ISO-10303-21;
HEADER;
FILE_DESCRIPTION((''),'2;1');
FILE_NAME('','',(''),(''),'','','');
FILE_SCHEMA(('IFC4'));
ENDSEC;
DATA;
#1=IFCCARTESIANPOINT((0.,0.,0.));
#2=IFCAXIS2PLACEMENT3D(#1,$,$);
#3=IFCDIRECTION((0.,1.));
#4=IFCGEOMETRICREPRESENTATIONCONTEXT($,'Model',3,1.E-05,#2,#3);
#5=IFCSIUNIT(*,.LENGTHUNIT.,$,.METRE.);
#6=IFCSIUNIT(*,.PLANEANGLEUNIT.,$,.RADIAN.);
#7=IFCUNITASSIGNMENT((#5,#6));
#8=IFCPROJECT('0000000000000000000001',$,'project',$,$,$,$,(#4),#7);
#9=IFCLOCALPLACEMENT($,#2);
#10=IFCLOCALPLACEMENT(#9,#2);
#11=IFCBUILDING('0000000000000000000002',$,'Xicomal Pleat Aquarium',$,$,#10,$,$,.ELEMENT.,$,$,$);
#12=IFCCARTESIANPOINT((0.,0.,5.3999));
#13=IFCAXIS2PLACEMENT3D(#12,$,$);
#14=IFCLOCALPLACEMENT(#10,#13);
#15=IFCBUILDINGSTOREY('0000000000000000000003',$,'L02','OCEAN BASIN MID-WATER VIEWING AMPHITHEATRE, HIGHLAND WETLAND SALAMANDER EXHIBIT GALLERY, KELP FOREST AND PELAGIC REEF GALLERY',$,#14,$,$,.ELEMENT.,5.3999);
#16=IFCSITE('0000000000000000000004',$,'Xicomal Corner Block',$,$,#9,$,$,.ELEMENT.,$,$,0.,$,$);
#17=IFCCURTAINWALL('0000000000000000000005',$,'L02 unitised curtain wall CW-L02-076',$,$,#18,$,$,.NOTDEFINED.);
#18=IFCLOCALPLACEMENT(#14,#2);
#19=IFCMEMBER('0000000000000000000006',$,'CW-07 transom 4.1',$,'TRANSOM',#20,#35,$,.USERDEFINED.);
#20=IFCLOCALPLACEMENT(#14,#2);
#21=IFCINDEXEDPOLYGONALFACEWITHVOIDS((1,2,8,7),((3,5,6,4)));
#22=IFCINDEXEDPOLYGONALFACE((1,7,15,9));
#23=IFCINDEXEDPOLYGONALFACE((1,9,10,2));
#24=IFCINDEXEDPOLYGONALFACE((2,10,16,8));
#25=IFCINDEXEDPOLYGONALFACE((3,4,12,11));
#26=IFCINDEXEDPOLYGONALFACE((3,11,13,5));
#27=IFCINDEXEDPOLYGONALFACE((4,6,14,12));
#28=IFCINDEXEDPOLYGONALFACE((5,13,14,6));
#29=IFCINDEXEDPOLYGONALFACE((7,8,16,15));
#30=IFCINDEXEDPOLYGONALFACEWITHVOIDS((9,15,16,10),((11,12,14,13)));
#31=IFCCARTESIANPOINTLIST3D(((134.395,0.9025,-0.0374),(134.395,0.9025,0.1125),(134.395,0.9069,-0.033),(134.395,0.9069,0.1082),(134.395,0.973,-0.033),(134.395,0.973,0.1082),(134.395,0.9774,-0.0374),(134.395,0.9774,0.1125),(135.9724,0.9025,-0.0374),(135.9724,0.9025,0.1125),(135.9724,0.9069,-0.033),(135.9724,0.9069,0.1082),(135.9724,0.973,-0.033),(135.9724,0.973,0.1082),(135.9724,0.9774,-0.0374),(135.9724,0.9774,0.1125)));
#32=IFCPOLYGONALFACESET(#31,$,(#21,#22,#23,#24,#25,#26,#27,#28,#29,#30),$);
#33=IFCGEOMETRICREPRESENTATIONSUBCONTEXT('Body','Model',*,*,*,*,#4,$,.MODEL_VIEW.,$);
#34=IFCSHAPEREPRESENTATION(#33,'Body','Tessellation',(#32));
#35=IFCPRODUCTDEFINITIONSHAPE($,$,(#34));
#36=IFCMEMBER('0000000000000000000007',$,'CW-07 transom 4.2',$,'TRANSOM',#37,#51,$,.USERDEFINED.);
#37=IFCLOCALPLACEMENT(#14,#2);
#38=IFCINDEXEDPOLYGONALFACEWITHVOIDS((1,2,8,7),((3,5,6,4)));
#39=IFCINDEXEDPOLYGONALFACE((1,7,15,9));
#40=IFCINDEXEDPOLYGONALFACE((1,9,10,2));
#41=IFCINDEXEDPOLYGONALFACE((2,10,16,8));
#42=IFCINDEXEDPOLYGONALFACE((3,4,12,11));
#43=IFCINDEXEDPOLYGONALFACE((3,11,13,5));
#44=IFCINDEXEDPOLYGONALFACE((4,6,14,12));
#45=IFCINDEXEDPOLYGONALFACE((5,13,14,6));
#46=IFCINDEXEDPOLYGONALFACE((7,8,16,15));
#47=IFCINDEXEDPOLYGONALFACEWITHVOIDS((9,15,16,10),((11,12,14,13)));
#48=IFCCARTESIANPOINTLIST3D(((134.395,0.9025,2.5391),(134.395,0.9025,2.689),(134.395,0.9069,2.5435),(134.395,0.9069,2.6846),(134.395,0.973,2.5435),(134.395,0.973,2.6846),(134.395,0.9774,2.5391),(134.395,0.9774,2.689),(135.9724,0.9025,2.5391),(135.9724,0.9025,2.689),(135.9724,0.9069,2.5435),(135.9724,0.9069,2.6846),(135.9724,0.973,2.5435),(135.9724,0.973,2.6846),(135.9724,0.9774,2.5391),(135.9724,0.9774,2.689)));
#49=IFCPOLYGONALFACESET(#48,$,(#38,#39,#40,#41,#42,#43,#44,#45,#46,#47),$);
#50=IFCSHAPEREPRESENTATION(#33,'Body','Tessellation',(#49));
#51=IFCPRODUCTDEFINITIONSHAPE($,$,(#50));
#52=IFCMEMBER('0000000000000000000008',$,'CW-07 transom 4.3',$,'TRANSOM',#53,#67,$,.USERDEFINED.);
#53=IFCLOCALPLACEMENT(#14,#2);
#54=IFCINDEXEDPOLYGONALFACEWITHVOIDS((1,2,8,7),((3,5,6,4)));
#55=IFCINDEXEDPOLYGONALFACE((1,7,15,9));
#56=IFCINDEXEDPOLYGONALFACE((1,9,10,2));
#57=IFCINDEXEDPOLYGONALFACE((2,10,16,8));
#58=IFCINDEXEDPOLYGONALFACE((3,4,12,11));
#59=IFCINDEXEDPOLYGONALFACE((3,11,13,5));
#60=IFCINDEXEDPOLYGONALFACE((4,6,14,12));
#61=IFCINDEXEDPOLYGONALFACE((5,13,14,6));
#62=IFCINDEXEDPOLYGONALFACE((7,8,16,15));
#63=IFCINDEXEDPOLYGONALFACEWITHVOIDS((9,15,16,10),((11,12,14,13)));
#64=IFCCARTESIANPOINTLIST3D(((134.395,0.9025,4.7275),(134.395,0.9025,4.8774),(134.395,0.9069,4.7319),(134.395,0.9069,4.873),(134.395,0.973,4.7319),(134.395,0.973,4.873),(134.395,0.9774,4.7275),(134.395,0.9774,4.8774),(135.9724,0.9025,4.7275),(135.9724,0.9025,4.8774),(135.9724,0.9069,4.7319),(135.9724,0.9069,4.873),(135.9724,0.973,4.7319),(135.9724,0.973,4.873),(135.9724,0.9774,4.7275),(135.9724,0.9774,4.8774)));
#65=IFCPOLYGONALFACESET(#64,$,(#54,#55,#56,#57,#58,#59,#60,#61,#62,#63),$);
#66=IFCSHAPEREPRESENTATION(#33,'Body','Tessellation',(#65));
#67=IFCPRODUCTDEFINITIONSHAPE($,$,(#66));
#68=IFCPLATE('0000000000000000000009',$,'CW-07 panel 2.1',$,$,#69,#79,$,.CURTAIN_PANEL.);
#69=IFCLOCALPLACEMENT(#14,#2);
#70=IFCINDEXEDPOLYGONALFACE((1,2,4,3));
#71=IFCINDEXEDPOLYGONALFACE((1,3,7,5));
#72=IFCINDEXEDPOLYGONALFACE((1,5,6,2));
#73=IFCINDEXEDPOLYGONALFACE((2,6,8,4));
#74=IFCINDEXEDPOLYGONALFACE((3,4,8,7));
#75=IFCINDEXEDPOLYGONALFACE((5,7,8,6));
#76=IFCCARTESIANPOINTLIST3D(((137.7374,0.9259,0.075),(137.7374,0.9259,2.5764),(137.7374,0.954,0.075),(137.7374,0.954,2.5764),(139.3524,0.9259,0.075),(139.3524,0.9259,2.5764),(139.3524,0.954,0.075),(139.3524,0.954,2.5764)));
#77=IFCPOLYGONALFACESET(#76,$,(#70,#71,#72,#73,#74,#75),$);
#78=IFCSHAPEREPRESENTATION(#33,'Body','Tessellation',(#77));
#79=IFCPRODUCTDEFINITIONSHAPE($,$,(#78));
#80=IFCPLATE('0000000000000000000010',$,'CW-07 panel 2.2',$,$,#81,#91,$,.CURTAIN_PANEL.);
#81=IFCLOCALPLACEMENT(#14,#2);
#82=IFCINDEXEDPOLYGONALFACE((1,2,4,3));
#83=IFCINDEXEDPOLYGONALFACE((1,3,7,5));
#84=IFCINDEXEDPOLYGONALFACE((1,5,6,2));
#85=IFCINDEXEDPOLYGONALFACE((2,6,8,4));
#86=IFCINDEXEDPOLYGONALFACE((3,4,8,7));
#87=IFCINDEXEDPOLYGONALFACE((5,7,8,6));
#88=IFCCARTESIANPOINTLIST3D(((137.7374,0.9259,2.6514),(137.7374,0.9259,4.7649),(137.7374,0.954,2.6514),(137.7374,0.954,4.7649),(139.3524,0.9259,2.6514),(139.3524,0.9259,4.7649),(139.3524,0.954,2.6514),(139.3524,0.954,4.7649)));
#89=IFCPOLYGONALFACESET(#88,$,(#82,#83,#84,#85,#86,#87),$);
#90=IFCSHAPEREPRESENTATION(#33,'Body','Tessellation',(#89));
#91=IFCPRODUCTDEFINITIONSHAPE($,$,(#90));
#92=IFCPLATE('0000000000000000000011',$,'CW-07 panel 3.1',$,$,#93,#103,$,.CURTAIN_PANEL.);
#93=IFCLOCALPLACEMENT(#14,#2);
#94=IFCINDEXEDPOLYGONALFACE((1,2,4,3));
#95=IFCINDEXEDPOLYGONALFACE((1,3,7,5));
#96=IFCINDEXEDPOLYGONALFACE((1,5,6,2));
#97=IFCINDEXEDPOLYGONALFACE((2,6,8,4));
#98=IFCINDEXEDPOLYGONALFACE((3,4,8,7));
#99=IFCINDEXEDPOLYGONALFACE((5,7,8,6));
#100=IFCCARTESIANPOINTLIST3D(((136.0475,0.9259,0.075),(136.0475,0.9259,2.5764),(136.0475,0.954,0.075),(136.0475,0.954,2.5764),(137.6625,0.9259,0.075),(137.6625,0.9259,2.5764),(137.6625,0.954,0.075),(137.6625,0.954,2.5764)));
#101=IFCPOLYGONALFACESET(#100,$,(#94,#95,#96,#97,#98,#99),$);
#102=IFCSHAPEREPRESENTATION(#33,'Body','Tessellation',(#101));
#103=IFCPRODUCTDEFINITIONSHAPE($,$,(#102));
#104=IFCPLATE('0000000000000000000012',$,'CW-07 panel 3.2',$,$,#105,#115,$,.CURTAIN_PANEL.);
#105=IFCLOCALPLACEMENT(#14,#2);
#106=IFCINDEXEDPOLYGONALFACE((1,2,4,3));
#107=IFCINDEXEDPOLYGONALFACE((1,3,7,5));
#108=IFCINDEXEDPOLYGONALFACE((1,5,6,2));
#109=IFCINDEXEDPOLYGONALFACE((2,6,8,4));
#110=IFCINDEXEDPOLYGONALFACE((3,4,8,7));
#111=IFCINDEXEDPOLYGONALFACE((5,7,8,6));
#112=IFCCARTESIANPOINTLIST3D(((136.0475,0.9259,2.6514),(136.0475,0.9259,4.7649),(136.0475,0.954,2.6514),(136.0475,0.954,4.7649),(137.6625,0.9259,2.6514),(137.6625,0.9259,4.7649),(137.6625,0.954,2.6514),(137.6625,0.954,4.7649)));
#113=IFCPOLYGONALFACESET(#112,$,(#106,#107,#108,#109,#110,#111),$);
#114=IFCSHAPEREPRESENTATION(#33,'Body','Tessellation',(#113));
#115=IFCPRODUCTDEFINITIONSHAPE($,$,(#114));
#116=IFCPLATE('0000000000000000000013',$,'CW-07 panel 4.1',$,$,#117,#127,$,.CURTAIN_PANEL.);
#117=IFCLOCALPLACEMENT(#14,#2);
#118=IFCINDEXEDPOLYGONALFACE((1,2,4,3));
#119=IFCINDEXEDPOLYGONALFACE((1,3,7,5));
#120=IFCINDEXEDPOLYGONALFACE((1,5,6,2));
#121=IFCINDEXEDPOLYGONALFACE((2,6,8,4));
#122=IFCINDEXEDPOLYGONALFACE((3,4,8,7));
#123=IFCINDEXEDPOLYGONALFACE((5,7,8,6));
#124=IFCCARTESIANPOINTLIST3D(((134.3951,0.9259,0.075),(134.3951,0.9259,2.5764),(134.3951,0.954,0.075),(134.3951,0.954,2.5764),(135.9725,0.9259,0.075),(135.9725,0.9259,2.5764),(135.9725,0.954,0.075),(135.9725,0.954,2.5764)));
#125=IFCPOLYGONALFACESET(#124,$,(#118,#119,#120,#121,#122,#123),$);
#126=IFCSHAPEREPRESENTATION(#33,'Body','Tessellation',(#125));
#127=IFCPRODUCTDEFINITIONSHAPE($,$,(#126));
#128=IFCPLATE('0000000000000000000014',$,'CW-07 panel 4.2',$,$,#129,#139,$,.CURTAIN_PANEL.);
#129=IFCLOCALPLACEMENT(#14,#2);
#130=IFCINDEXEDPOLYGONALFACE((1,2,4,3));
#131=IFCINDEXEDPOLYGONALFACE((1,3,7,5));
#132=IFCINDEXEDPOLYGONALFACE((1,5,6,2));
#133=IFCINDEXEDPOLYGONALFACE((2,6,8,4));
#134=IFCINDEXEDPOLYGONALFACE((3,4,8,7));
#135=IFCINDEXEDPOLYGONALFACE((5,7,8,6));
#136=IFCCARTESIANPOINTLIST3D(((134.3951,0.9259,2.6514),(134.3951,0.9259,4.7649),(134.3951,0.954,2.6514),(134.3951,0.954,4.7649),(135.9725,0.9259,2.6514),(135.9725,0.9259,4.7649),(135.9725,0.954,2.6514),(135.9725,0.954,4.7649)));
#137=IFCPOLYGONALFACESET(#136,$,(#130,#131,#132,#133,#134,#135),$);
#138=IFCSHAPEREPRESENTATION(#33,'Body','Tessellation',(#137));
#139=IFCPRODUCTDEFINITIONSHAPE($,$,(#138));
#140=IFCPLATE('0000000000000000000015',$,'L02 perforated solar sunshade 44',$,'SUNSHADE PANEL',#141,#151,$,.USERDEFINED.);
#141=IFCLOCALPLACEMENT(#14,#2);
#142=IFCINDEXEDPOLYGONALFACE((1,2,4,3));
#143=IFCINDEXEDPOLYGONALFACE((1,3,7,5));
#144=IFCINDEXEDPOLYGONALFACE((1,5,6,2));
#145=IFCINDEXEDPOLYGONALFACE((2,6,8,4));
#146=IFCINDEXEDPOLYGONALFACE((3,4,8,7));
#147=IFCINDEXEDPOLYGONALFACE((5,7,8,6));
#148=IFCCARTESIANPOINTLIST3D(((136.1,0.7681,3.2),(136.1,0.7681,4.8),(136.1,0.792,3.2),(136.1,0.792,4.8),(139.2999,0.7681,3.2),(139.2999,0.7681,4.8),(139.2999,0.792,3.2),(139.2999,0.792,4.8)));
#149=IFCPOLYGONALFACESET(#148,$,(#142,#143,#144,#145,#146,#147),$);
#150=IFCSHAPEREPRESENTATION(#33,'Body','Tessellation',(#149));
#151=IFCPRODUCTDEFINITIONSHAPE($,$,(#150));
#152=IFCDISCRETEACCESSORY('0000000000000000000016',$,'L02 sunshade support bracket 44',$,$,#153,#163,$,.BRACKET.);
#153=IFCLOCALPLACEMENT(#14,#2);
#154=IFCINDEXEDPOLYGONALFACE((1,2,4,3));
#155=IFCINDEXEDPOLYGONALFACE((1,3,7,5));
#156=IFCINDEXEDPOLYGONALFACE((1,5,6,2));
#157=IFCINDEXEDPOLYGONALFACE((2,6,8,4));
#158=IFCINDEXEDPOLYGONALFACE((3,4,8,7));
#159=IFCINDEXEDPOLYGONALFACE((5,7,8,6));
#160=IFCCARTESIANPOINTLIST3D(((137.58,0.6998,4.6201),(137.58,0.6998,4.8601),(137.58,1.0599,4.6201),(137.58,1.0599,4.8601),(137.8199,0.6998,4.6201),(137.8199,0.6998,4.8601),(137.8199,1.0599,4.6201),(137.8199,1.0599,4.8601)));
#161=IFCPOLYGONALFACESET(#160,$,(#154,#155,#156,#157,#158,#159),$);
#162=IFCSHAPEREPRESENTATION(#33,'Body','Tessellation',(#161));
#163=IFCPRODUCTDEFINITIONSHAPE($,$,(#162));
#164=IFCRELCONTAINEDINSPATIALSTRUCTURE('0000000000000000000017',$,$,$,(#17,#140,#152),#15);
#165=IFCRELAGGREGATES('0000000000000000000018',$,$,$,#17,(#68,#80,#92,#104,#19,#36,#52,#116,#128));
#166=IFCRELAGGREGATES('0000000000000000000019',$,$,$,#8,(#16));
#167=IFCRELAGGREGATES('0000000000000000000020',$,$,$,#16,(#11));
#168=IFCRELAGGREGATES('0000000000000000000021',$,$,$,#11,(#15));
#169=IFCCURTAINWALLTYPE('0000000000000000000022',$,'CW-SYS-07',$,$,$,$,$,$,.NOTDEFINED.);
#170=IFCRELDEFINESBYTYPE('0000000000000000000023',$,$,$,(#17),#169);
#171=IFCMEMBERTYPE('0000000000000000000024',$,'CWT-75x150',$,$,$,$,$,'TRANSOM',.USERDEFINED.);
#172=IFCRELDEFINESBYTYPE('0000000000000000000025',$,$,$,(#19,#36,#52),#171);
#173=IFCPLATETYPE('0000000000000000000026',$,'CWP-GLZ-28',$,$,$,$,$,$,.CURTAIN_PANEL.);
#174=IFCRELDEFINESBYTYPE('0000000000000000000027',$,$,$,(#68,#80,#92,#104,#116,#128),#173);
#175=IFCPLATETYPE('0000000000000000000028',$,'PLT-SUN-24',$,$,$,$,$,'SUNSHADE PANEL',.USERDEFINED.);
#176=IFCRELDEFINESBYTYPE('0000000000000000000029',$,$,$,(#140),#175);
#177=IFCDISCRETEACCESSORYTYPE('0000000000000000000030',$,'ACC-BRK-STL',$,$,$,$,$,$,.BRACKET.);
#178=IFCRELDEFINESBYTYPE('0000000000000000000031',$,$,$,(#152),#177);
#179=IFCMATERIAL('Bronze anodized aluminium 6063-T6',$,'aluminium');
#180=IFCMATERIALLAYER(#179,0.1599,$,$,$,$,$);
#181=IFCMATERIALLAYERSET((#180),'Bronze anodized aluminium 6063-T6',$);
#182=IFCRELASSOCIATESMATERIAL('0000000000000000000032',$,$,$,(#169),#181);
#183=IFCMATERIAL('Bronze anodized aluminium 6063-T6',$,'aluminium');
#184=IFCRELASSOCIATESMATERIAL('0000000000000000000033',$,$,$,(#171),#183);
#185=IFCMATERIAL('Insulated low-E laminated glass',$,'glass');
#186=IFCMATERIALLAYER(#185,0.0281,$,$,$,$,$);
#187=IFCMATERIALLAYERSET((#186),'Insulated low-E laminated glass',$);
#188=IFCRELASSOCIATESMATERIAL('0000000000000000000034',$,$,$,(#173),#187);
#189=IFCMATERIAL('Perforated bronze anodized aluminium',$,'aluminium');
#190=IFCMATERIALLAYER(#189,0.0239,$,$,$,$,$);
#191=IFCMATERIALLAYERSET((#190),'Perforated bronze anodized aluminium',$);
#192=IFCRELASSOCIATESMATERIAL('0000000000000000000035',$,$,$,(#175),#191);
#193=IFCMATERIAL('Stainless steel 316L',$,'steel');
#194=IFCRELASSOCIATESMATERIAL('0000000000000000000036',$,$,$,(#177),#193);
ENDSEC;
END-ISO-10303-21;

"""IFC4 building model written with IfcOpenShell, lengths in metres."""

from ifc_helpers import new_model, si_unit, direction, frame, origin, origin_2d, place, context, subcontext, project, spatial, rectangle, hollow_rectangle, extrude, material, layer, layer_set, material_profile, profile_set, type_object, element, aggregate, save


model = new_model("IFC4")

# Units and contexts
model_context = context("Model", 3, precision=1e-05, world=origin(), true_north=direction((0.0, 1.0)))
body_context = subcontext(model_context, "Body", "Model", "MODEL_VIEW")
ifc_project = project(units=[si_unit("LENGTHUNIT", "METRE"), si_unit("PLANEANGLEUNIT", "RADIAN")], contexts=[model_context])

# Site, building, storey
site_placement = place(None, origin())
site = spatial("IfcSite", under=ifc_project, at=site_placement, Name="Xicomal Corner Block", CompositionType="ELEMENT", RefElevation=0.0)
building_placement = place(site_placement, origin())
building = spatial("IfcBuilding", under=site, at=building_placement, Name="Xicomal Pleat Aquarium", CompositionType="ELEMENT")
storey_placement = place(building_placement, frame((0.0, 0.0, 5.3999)))
storey = spatial("IfcBuildingStorey", under=building, at=storey_placement, Name="L02", Description="OCEAN BASIN MID-WATER VIEWING AMPHITHEATRE, HIGHLAND WETLAND SALAMANDER EXHIBIT GALLERY, KELP FOREST AND PELAGIC REEF GALLERY", CompositionType="ELEMENT", Elevation=5.3999)

# Curtain wall, members, plates
ifc_material_1 = material(Name="Bronze anodized aluminium 6063-T6", Category="aluminium")
ifc_layer_1 = layer(ifc_material_1, 0.1599)
ifc_layer_set_1 = layer_set([ifc_layer_1], Name="Bronze anodized aluminium 6063-T6")
curtain_wall_type = type_object("IfcCurtainWallType", Name="CW-SYS-07", PredefinedType="NOTDEFINED", material=ifc_layer_set_1)
curtain_wall_placement = place(storey_placement, origin())
curtain_wall = element("IfcCurtainWall", 1, at=curtain_wall_placement, inside=storey, type_object=curtain_wall_type, Name="L02 unitised curtain wall CW-L02-076", PredefinedType="NOTDEFINED")
ifc_material_2 = material(Name="Bronze anodized aluminium 6063-T6", Category="aluminium")
ifc_material_profile_1 = material_profile(ifc_material_2, hollow_rectangle(XDim=0.075, YDim=0.1499, WallThickness=0.0044, at=origin_2d()), Name="ALU TRAN 75x150")
ifc_profile_set_1 = profile_set([ifc_material_profile_1], Name="Bronze anodized aluminium 6063-T6")
member_type_1 = type_object("IfcMemberType", Name="CWT-75x150", ElementType="TRANSOM", PredefinedType="USERDEFINED", material=ifc_profile_set_1)
member_1_placement = place(storey_placement, frame((135.9724, 0.9399, 0.0376), z_axis=(-1.0, 0.0, 0.0), x_axis=(0.0, -1.0, 0.0)))
member_1 = element("IfcMember", 2, at=member_1_placement, type_object=member_type_1, Name="CW-07 transom 4.1", ObjectType="TRANSOM", PredefinedType="USERDEFINED", context=body_context, shape_type="SweptSolid", body=[
    extrude(hollow_rectangle(XDim=0.075, YDim=0.1499, WallThickness=0.0044, at=origin_2d()), origin(), (0.0, 0.0, 1.0), 1.5774),
])
member_2_placement = place(storey_placement, frame((135.9724, 0.9399, 2.614), z_axis=(-1.0, 0.0, 0.0), x_axis=(0.0, -1.0, 0.0)))
member_2 = element("IfcMember", 3, at=member_2_placement, type_object=member_type_1, Name="CW-07 transom 4.2", ObjectType="TRANSOM", PredefinedType="USERDEFINED", context=body_context, shape_type="SweptSolid", body=[
    extrude(hollow_rectangle(XDim=0.075, YDim=0.1499, WallThickness=0.0044, at=origin_2d()), origin(), (0.0, 0.0, 1.0), 1.5774),
])
member_3_placement = place(storey_placement, frame((135.9724, 0.9399, 4.8025), z_axis=(-1.0, 0.0, 0.0), x_axis=(0.0, -1.0, 0.0)))
member_3 = element("IfcMember", 4, at=member_3_placement, type_object=member_type_1, Name="CW-07 transom 4.3", ObjectType="TRANSOM", PredefinedType="USERDEFINED", context=body_context, shape_type="SweptSolid", body=[
    extrude(hollow_rectangle(XDim=0.075, YDim=0.1499, WallThickness=0.0044, at=origin_2d()), origin(), (0.0, 0.0, 1.0), 1.5774),
])
ifc_material_3 = material(Name="Insulated low-E laminated glass", Category="glass")
ifc_layer_2 = layer(ifc_material_3, 0.0281)
ifc_layer_set_2 = layer_set([ifc_layer_2], Name="Insulated low-E laminated glass")
plate_type_1 = type_object("IfcPlateType", Name="CWP-GLZ-28", PredefinedType="CURTAIN_PANEL", material=ifc_layer_set_2)
plate_1_placement = place(storey_placement, frame((138.5449, 0.9399, 0.075), z_axis=(0.0, 0.0, 1.0), x_axis=(-1.0, 0.0, 0.0)))
plate_1 = element("IfcPlate", 5, at=plate_1_placement, type_object=plate_type_1, Name="CW-07 panel 2.1", PredefinedType="CURTAIN_PANEL", context=body_context, shape_type="SweptSolid", body=[
    extrude(rectangle(XDim=1.615, YDim=0.0281, at=origin_2d()), origin(), (0.0, 0.0, 1.0), 2.5015),
])
plate_2_placement = place(storey_placement, frame((138.5449, 0.9399, 2.6514), z_axis=(0.0, 0.0, 1.0), x_axis=(-1.0, 0.0, 0.0)))
plate_2 = element("IfcPlate", 6, at=plate_2_placement, type_object=plate_type_1, Name="CW-07 panel 2.2", PredefinedType="CURTAIN_PANEL", context=body_context, shape_type="SweptSolid", body=[
    extrude(rectangle(XDim=1.615, YDim=0.0281, at=origin_2d()), origin(), (0.0, 0.0, 1.0), 2.1135),
])
plate_3_placement = place(storey_placement, frame((136.855, 0.9399, 0.075), z_axis=(0.0, 0.0, 1.0), x_axis=(-1.0, 0.0, 0.0)))
plate_3 = element("IfcPlate", 7, at=plate_3_placement, type_object=plate_type_1, Name="CW-07 panel 3.1", PredefinedType="CURTAIN_PANEL", context=body_context, shape_type="SweptSolid", body=[
    extrude(rectangle(XDim=1.615, YDim=0.0281, at=origin_2d()), origin(), (0.0, 0.0, 1.0), 2.5015),
])
plate_4_placement = place(storey_placement, frame((136.855, 0.9399, 2.6514), z_axis=(0.0, 0.0, 1.0), x_axis=(-1.0, 0.0, 0.0)))
plate_4 = element("IfcPlate", 8, at=plate_4_placement, type_object=plate_type_1, Name="CW-07 panel 3.2", PredefinedType="CURTAIN_PANEL", context=body_context, shape_type="SweptSolid", body=[
    extrude(rectangle(XDim=1.615, YDim=0.0281, at=origin_2d()), origin(), (0.0, 0.0, 1.0), 2.1135),
])
plate_5_placement = place(storey_placement, frame((135.1838, 0.9399, 0.075), z_axis=(0.0, 0.0, 1.0), x_axis=(-1.0, 0.0, 0.0)))
plate_5 = element("IfcPlate", 9, at=plate_5_placement, type_object=plate_type_1, Name="CW-07 panel 4.1", PredefinedType="CURTAIN_PANEL", context=body_context, shape_type="SweptSolid", body=[
    extrude(rectangle(XDim=1.5774, YDim=0.0281, at=origin_2d()), origin(), (0.0, 0.0, 1.0), 2.5015),
])
plate_6_placement = place(storey_placement, frame((135.1838, 0.9399, 2.6514), z_axis=(0.0, 0.0, 1.0), x_axis=(-1.0, 0.0, 0.0)))
plate_6 = element("IfcPlate", 10, at=plate_6_placement, type_object=plate_type_1, Name="CW-07 panel 4.2", PredefinedType="CURTAIN_PANEL", context=body_context, shape_type="SweptSolid", body=[
    extrude(rectangle(XDim=1.5774, YDim=0.0281, at=origin_2d()), origin(), (0.0, 0.0, 1.0), 2.1135),
])
aggregate(curtain_wall, [plate_1, plate_2, plate_3, plate_4, member_1, member_2, member_3, plate_5, plate_6])

# Plate
ifc_material_4 = material(Name="Perforated bronze anodized aluminium", Category="aluminium")
ifc_layer_3 = layer(ifc_material_4, 0.0239)
ifc_layer_set_3 = layer_set([ifc_layer_3], Name="Perforated bronze anodized aluminium")
plate_type_2 = type_object("IfcPlateType", Name="PLT-SUN-24", ElementType="SUNSHADE PANEL", PredefinedType="USERDEFINED", material=ifc_layer_set_3)
plate_7_placement = place(storey_placement, frame((137.7, 0.78, 3.2), z_axis=(0.0, 0.0, 1.0), x_axis=(-1.0, 0.0, 0.0)))
element("IfcPlate", 11, at=plate_7_placement, inside=storey, type_object=plate_type_2, Name="L02 perforated solar sunshade 44", ObjectType="SUNSHADE PANEL", PredefinedType="USERDEFINED", context=body_context, shape_type="SweptSolid", body=[
    extrude(rectangle(XDim=3.2, YDim=0.0239, at=origin_2d()), origin(), (0.0, 0.0, 1.0), 1.6001),
])

# Discrete accessory
ifc_material_5 = material(Name="Stainless steel 316L", Category="steel")
discrete_accessory_type = type_object("IfcDiscreteAccessoryType", Name="ACC-BRK-STL", PredefinedType="BRACKET", material=ifc_material_5)
discrete_accessory_placement = place(storey_placement, frame((137.7, 0.8799, 4.6201), z_axis=(0.0, 0.0, 1.0), x_axis=(-1.0, 0.0, 0.0)))
element("IfcDiscreteAccessory", 12, at=discrete_accessory_placement, inside=storey, type_object=discrete_accessory_type, Name="L02 sunshade support bracket 44", PredefinedType="BRACKET", context=body_context, shape_type="SweptSolid", body=[
    extrude(rectangle(XDim=0.24, YDim=0.3601, at=origin_2d()), origin(), (0.0, 0.0, 1.0), 0.24),
])

save(model, "model.ifc")
